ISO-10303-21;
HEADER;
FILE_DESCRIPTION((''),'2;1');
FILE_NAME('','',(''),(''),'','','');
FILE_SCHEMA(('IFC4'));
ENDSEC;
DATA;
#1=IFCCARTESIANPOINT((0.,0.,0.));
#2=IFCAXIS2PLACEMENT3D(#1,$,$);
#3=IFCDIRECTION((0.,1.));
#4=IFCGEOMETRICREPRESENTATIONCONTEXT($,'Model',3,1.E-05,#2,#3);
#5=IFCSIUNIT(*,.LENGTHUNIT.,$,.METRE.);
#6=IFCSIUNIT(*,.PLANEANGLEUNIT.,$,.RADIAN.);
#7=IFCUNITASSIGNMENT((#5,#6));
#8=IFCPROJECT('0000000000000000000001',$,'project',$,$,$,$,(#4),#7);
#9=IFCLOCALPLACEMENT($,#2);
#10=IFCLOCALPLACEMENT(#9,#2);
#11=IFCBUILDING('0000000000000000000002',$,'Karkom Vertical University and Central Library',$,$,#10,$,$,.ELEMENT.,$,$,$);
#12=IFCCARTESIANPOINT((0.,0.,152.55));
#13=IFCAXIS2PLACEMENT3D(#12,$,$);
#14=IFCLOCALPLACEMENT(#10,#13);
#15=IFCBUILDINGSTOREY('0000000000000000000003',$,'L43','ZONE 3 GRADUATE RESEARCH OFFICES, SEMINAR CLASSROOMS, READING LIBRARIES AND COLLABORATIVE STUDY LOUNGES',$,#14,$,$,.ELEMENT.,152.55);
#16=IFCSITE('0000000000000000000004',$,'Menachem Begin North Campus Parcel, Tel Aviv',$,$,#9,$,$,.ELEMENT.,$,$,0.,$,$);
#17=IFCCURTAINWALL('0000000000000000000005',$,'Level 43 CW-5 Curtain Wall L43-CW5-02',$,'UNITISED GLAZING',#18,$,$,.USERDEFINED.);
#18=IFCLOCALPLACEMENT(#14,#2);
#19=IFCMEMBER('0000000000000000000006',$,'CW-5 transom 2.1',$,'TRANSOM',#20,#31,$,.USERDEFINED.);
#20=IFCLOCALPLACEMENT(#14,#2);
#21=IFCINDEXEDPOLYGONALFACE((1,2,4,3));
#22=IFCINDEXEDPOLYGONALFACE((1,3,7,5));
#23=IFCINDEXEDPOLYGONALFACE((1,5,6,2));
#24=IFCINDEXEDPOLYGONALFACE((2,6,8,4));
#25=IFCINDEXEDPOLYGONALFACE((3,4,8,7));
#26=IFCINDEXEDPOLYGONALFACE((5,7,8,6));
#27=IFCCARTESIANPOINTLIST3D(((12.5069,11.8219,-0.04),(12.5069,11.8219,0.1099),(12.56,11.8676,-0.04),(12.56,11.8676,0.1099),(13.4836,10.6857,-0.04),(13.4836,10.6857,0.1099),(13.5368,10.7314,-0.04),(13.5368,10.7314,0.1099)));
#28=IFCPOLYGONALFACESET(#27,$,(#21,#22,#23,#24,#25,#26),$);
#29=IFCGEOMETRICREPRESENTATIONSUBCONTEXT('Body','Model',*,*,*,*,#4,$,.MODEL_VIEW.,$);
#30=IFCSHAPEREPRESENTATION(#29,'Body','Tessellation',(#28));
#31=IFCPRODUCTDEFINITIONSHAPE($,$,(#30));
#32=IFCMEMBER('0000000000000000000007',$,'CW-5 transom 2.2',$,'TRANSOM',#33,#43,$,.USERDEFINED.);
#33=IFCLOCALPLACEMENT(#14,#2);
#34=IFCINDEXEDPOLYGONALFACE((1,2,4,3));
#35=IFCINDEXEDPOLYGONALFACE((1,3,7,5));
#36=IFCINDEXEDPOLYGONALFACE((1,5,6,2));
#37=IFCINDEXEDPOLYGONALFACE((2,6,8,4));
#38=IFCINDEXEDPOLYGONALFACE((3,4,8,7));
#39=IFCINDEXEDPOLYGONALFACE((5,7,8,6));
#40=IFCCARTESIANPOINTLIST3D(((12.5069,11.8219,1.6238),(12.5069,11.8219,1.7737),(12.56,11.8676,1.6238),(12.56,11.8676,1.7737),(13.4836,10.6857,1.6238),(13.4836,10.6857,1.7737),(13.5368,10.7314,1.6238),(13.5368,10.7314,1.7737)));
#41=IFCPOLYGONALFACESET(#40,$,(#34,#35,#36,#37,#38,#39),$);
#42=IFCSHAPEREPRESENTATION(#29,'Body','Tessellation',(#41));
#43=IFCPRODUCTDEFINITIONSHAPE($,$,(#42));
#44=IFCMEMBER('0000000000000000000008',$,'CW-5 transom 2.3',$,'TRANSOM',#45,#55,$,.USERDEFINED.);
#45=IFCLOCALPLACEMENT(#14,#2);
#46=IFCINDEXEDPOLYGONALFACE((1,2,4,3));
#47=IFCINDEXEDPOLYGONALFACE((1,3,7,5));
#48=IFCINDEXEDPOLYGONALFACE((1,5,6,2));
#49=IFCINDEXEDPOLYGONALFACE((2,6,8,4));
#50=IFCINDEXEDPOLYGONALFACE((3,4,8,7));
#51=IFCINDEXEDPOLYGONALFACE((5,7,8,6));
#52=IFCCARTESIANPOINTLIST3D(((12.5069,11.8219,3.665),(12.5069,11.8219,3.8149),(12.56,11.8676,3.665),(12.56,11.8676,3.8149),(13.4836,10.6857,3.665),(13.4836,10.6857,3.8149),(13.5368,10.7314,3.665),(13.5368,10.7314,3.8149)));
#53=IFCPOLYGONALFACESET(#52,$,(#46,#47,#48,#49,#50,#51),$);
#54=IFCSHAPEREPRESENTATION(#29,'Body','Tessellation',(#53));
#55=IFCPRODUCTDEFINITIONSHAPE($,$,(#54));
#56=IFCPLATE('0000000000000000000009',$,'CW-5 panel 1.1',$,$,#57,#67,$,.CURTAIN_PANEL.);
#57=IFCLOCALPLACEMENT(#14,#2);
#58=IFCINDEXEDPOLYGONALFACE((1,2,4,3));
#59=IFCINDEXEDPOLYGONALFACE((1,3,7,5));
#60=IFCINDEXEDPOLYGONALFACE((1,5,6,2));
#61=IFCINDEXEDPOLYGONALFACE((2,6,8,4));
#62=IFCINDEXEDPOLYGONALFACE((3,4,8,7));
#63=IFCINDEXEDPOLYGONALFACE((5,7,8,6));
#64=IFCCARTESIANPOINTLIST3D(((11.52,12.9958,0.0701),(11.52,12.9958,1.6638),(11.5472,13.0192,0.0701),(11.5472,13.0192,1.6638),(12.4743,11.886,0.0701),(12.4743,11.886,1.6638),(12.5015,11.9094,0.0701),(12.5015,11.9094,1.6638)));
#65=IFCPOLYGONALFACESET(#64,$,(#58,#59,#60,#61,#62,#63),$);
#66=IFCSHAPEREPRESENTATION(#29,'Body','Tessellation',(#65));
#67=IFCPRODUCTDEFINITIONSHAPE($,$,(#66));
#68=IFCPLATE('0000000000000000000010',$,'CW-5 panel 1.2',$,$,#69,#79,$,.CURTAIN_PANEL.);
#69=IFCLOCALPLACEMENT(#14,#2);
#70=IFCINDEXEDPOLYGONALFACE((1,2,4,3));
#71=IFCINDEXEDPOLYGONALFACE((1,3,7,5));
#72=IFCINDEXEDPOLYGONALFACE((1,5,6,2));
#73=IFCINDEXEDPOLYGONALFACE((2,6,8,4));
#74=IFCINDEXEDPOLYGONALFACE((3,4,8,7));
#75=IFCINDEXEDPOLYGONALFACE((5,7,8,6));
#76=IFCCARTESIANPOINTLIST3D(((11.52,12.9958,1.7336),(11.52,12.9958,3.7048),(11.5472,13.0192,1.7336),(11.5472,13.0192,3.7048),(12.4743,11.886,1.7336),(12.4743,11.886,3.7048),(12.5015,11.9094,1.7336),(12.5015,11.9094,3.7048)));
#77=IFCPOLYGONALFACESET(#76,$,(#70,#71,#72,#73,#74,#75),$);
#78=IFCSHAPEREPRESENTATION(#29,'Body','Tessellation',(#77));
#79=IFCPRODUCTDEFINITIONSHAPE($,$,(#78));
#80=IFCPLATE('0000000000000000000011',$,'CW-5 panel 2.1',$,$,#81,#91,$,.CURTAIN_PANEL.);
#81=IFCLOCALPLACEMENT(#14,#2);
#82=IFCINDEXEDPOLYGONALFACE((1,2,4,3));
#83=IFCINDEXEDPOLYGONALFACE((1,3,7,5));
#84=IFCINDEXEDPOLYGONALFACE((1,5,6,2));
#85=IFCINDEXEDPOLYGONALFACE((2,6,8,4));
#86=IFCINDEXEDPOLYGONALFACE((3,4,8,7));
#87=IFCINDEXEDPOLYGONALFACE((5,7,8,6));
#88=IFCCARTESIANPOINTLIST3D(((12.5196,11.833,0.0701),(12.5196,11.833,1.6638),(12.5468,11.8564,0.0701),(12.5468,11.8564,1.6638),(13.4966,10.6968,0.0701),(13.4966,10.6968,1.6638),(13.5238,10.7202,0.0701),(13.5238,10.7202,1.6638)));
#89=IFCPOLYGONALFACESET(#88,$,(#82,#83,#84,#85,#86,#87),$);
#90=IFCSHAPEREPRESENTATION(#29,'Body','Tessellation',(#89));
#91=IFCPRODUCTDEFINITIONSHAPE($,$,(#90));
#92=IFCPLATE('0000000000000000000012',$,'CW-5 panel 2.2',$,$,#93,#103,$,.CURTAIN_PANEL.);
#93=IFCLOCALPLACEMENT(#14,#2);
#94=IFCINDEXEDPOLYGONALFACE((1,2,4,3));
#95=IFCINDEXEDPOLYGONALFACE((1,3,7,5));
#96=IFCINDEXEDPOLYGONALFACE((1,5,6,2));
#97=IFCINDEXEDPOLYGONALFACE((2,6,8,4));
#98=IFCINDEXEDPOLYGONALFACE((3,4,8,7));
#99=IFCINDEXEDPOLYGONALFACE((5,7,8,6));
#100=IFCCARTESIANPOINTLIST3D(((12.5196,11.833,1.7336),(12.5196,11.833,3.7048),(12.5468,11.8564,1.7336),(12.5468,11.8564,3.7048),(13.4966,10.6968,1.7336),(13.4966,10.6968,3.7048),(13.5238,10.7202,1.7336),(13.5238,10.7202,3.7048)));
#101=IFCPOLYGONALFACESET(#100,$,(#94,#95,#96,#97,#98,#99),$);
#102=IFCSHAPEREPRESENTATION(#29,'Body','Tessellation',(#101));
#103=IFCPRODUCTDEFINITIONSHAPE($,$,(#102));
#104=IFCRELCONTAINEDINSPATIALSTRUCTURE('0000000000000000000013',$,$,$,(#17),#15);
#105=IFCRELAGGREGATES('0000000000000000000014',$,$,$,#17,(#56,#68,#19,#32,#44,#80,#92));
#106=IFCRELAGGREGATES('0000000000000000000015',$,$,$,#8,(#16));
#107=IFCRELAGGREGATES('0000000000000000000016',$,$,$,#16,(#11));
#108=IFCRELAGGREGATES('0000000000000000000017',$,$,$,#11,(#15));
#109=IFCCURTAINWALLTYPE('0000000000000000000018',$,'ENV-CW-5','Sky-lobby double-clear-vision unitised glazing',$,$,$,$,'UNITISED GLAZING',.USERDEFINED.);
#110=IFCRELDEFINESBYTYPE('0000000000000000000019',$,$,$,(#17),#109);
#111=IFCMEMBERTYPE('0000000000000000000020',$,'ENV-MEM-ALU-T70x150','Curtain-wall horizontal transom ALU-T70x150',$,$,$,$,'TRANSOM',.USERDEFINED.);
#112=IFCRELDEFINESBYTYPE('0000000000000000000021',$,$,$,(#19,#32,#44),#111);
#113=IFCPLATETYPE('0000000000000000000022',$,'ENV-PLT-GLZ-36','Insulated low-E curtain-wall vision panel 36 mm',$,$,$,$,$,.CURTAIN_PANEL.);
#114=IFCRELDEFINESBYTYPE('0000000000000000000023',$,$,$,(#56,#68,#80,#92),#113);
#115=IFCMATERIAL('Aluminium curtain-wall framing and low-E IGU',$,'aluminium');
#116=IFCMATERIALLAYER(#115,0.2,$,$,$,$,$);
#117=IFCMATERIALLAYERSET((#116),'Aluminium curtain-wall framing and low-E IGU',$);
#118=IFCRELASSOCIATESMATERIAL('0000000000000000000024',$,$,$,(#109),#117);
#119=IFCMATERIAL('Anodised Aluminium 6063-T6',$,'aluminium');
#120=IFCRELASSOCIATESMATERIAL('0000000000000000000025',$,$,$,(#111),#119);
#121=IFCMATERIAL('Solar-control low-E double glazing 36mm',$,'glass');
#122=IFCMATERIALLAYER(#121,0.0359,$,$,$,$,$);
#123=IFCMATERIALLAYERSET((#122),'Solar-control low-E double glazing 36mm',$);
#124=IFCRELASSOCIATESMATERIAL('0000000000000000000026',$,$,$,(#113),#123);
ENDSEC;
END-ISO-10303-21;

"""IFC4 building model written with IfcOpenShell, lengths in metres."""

from ifc_helpers import new_model, si_unit, direction, frame, origin, origin_with_axes, origin_2d, place, context, subcontext, project, spatial, rectangle, extrude, source, transform, mapped, material, layer, layer_set, material_profile, profile_set, type_object, element, aggregate, save


model = new_model("IFC4")

# Units and contexts
model_context = context("Model", 3, precision=1e-05, world=origin(), true_north=direction((0.0, 1.0)))
body_context = subcontext(model_context, "Body", "Model", "MODEL_VIEW")
ifc_project = project(units=[si_unit("LENGTHUNIT", "METRE"), si_unit("PLANEANGLEUNIT", "RADIAN")], contexts=[model_context])

# Site, building, storey
site_placement = place(None, origin())
site = spatial("IfcSite", under=ifc_project, at=site_placement, Name="Menachem Begin North Campus Parcel, Tel Aviv", CompositionType="ELEMENT", RefElevation=0.0)
building_placement = place(site_placement, origin())
building = spatial("IfcBuilding", under=site, at=building_placement, Name="Karkom Vertical University and Central Library", CompositionType="ELEMENT")
storey_placement = place(building_placement, frame((0.0, 0.0, 152.55)))
storey = spatial("IfcBuildingStorey", under=building, at=storey_placement, Name="L43", Description="ZONE 3 GRADUATE RESEARCH OFFICES, SEMINAR CLASSROOMS, READING LIBRARIES AND COLLABORATIVE STUDY LOUNGES", CompositionType="ELEMENT", Elevation=152.55)

# Curtain wall, members, plates
ifc_material_1 = material(Name="Aluminium curtain-wall framing and low-E IGU", Category="aluminium")
ifc_layer_1 = layer(ifc_material_1, 0.2)
ifc_layer_set_1 = layer_set([ifc_layer_1], Name="Aluminium curtain-wall framing and low-E IGU")
curtain_wall_type = type_object("IfcCurtainWallType", Name="ENV-CW-5", Description="Sky-lobby double-clear-vision unitised glazing", ElementType="UNITISED GLAZING", PredefinedType="USERDEFINED", material=ifc_layer_set_1)
curtain_wall_placement = place(storey_placement, origin())
curtain_wall = element("IfcCurtainWall", 1, at=curtain_wall_placement, inside=storey, type_object=curtain_wall_type, Name="Level 43 CW-5 Curtain Wall L43-CW5-02", ObjectType="UNITISED GLAZING", PredefinedType="USERDEFINED")
ifc_material_2 = material(Name="Anodised Aluminium 6063-T6", Category="aluminium")
ifc_material_profile_1 = material_profile(ifc_material_2, rectangle(XDim=0.0701, YDim=0.1499, at=origin_2d()), Name="ALU-T70x150")
ifc_profile_set_1 = profile_set([ifc_material_profile_1], Name="Anodised Aluminium 6063-T6")
member_type_1 = type_object("IfcMemberType", Name="ENV-MEM-ALU-T70x150", Description="Curtain-wall horizontal transom ALU-T70x150", ElementType="TRANSOM", PredefinedType="USERDEFINED", material=ifc_profile_set_1)
shared_shape_1 = source(origin_with_axes(), body_context, "Body", "SweptSolid", [
    extrude(rectangle(XDim=0.0701, YDim=0.1499, at=origin_2d()), origin(), (0.0, 0.0, 1.0), 1.4983),
])
member_1_placement = place(storey_placement, frame((12.5334, 11.8447, 0.0349), z_axis=(0.651904, -0.758301, 0.0), x_axis=(0.758301, 0.651904, 0.0)))
member_1 = element("IfcMember", 2, at=member_1_placement, type_object=member_type_1, Name="CW-5 transom 2.1", ObjectType="TRANSOM", PredefinedType="USERDEFINED", context=body_context, shape_type="MappedRepresentation", body=[
    mapped(shared_shape_1, transform((0.0, 0.0, 0.0), scale=1.0)),
])
member_2_placement = place(storey_placement, frame((12.5334, 11.8447, 1.6987), z_axis=(0.651904, -0.758301, 0.0), x_axis=(0.758301, 0.651904, 0.0)))
member_2 = element("IfcMember", 3, at=member_2_placement, type_object=member_type_1, Name="CW-5 transom 2.2", ObjectType="TRANSOM", PredefinedType="USERDEFINED", context=body_context, shape_type="MappedRepresentation", body=[
    mapped(shared_shape_1, transform((0.0, 0.0, 0.0), scale=1.0)),
])
member_3_placement = place(storey_placement, frame((12.5334, 11.8447, 3.74), z_axis=(0.651904, -0.758301, 0.0), x_axis=(0.758301, 0.651904, 0.0)))
member_3 = element("IfcMember", 4, at=member_3_placement, type_object=member_type_1, Name="CW-5 transom 2.3", ObjectType="TRANSOM", PredefinedType="USERDEFINED", context=body_context, shape_type="MappedRepresentation", body=[
    mapped(shared_shape_1, transform((0.0, 0.0, 0.0), scale=1.0)),
])
ifc_material_3 = material(Name="Solar-control low-E double glazing 36mm", Category="glass")
ifc_layer_2 = layer(ifc_material_3, 0.0359)
ifc_layer_set_2 = layer_set([ifc_layer_2], Name="Solar-control low-E double glazing 36mm")
plate_type = type_object("IfcPlateType", Name="ENV-PLT-GLZ-36", Description="Insulated low-E curtain-wall vision panel 36 mm", PredefinedType="CURTAIN_PANEL", material=ifc_layer_set_2)
shared_shape_2 = source(origin_with_axes(), body_context, "Body", "SweptSolid", [
    extrude(rectangle(XDim=1.4636, YDim=0.0359, at=origin_2d()), origin(), (0.0, 0.0, 1.0), 1.5938),
])
plate_1_placement = place(storey_placement, frame((12.0107, 12.4526, 0.0701), z_axis=(0.0, 0.0, 1.0), x_axis=(0.651974, -0.758242, 0.0)))
plate_1 = element("IfcPlate", 5, at=plate_1_placement, type_object=plate_type, Name="CW-5 panel 1.1", PredefinedType="CURTAIN_PANEL", context=body_context, shape_type="MappedRepresentation", body=[
    mapped(shared_shape_2, transform((0.0, 0.0, 0.0), scale=1.0)),
])
shared_shape_3 = source(origin_with_axes(), body_context, "Body", "SweptSolid", [
    extrude(rectangle(XDim=1.4636, YDim=0.0359, at=origin_2d()), origin(), (0.0, 0.0, 1.0), 1.9712),
])
plate_2_placement = place(storey_placement, frame((12.0107, 12.4526, 1.7336), z_axis=(0.0, 0.0, 1.0), x_axis=(0.651974, -0.758242, 0.0)))
plate_2 = element("IfcPlate", 6, at=plate_2_placement, type_object=plate_type, Name="CW-5 panel 1.2", PredefinedType="CURTAIN_PANEL", context=body_context, shape_type="MappedRepresentation", body=[
    mapped(shared_shape_3, transform((0.0, 0.0, 0.0), scale=1.0)),
])
shared_shape_4 = source(origin_with_axes(), body_context, "Body", "SweptSolid", [
    extrude(rectangle(XDim=1.4985, YDim=0.0359, at=origin_2d()), origin(), (0.0, 0.0, 1.0), 1.5938),
])
plate_3_placement = place(storey_placement, frame((13.0217, 11.2766, 0.0701), z_axis=(0.0, 0.0, 1.0), x_axis=(0.651974, -0.758242, 0.0)))
plate_3 = element("IfcPlate", 7, at=plate_3_placement, type_object=plate_type, Name="CW-5 panel 2.1", PredefinedType="CURTAIN_PANEL", context=body_context, shape_type="MappedRepresentation", body=[
    mapped(shared_shape_4, transform((0.0, 0.0, 0.0), scale=1.0)),
])
shared_shape_5 = source(origin_with_axes(), body_context, "Body", "SweptSolid", [
    extrude(rectangle(XDim=1.4985, YDim=0.0359, at=origin_2d()), origin(), (0.0, 0.0, 1.0), 1.9712),
])
plate_4_placement = place(storey_placement, frame((13.0217, 11.2766, 1.7336), z_axis=(0.0, 0.0, 1.0), x_axis=(0.651974, -0.758242, 0.0)))
plate_4 = element("IfcPlate", 8, at=plate_4_placement, type_object=plate_type, Name="CW-5 panel 2.2", PredefinedType="CURTAIN_PANEL", context=body_context, shape_type="MappedRepresentation", body=[
    mapped(shared_shape_5, transform((0.0, 0.0, 0.0), scale=1.0)),
])
aggregate(curtain_wall, [plate_1, plate_2, member_1, member_2, member_3, plate_3, plate_4])

save(model, "model.ifc")
